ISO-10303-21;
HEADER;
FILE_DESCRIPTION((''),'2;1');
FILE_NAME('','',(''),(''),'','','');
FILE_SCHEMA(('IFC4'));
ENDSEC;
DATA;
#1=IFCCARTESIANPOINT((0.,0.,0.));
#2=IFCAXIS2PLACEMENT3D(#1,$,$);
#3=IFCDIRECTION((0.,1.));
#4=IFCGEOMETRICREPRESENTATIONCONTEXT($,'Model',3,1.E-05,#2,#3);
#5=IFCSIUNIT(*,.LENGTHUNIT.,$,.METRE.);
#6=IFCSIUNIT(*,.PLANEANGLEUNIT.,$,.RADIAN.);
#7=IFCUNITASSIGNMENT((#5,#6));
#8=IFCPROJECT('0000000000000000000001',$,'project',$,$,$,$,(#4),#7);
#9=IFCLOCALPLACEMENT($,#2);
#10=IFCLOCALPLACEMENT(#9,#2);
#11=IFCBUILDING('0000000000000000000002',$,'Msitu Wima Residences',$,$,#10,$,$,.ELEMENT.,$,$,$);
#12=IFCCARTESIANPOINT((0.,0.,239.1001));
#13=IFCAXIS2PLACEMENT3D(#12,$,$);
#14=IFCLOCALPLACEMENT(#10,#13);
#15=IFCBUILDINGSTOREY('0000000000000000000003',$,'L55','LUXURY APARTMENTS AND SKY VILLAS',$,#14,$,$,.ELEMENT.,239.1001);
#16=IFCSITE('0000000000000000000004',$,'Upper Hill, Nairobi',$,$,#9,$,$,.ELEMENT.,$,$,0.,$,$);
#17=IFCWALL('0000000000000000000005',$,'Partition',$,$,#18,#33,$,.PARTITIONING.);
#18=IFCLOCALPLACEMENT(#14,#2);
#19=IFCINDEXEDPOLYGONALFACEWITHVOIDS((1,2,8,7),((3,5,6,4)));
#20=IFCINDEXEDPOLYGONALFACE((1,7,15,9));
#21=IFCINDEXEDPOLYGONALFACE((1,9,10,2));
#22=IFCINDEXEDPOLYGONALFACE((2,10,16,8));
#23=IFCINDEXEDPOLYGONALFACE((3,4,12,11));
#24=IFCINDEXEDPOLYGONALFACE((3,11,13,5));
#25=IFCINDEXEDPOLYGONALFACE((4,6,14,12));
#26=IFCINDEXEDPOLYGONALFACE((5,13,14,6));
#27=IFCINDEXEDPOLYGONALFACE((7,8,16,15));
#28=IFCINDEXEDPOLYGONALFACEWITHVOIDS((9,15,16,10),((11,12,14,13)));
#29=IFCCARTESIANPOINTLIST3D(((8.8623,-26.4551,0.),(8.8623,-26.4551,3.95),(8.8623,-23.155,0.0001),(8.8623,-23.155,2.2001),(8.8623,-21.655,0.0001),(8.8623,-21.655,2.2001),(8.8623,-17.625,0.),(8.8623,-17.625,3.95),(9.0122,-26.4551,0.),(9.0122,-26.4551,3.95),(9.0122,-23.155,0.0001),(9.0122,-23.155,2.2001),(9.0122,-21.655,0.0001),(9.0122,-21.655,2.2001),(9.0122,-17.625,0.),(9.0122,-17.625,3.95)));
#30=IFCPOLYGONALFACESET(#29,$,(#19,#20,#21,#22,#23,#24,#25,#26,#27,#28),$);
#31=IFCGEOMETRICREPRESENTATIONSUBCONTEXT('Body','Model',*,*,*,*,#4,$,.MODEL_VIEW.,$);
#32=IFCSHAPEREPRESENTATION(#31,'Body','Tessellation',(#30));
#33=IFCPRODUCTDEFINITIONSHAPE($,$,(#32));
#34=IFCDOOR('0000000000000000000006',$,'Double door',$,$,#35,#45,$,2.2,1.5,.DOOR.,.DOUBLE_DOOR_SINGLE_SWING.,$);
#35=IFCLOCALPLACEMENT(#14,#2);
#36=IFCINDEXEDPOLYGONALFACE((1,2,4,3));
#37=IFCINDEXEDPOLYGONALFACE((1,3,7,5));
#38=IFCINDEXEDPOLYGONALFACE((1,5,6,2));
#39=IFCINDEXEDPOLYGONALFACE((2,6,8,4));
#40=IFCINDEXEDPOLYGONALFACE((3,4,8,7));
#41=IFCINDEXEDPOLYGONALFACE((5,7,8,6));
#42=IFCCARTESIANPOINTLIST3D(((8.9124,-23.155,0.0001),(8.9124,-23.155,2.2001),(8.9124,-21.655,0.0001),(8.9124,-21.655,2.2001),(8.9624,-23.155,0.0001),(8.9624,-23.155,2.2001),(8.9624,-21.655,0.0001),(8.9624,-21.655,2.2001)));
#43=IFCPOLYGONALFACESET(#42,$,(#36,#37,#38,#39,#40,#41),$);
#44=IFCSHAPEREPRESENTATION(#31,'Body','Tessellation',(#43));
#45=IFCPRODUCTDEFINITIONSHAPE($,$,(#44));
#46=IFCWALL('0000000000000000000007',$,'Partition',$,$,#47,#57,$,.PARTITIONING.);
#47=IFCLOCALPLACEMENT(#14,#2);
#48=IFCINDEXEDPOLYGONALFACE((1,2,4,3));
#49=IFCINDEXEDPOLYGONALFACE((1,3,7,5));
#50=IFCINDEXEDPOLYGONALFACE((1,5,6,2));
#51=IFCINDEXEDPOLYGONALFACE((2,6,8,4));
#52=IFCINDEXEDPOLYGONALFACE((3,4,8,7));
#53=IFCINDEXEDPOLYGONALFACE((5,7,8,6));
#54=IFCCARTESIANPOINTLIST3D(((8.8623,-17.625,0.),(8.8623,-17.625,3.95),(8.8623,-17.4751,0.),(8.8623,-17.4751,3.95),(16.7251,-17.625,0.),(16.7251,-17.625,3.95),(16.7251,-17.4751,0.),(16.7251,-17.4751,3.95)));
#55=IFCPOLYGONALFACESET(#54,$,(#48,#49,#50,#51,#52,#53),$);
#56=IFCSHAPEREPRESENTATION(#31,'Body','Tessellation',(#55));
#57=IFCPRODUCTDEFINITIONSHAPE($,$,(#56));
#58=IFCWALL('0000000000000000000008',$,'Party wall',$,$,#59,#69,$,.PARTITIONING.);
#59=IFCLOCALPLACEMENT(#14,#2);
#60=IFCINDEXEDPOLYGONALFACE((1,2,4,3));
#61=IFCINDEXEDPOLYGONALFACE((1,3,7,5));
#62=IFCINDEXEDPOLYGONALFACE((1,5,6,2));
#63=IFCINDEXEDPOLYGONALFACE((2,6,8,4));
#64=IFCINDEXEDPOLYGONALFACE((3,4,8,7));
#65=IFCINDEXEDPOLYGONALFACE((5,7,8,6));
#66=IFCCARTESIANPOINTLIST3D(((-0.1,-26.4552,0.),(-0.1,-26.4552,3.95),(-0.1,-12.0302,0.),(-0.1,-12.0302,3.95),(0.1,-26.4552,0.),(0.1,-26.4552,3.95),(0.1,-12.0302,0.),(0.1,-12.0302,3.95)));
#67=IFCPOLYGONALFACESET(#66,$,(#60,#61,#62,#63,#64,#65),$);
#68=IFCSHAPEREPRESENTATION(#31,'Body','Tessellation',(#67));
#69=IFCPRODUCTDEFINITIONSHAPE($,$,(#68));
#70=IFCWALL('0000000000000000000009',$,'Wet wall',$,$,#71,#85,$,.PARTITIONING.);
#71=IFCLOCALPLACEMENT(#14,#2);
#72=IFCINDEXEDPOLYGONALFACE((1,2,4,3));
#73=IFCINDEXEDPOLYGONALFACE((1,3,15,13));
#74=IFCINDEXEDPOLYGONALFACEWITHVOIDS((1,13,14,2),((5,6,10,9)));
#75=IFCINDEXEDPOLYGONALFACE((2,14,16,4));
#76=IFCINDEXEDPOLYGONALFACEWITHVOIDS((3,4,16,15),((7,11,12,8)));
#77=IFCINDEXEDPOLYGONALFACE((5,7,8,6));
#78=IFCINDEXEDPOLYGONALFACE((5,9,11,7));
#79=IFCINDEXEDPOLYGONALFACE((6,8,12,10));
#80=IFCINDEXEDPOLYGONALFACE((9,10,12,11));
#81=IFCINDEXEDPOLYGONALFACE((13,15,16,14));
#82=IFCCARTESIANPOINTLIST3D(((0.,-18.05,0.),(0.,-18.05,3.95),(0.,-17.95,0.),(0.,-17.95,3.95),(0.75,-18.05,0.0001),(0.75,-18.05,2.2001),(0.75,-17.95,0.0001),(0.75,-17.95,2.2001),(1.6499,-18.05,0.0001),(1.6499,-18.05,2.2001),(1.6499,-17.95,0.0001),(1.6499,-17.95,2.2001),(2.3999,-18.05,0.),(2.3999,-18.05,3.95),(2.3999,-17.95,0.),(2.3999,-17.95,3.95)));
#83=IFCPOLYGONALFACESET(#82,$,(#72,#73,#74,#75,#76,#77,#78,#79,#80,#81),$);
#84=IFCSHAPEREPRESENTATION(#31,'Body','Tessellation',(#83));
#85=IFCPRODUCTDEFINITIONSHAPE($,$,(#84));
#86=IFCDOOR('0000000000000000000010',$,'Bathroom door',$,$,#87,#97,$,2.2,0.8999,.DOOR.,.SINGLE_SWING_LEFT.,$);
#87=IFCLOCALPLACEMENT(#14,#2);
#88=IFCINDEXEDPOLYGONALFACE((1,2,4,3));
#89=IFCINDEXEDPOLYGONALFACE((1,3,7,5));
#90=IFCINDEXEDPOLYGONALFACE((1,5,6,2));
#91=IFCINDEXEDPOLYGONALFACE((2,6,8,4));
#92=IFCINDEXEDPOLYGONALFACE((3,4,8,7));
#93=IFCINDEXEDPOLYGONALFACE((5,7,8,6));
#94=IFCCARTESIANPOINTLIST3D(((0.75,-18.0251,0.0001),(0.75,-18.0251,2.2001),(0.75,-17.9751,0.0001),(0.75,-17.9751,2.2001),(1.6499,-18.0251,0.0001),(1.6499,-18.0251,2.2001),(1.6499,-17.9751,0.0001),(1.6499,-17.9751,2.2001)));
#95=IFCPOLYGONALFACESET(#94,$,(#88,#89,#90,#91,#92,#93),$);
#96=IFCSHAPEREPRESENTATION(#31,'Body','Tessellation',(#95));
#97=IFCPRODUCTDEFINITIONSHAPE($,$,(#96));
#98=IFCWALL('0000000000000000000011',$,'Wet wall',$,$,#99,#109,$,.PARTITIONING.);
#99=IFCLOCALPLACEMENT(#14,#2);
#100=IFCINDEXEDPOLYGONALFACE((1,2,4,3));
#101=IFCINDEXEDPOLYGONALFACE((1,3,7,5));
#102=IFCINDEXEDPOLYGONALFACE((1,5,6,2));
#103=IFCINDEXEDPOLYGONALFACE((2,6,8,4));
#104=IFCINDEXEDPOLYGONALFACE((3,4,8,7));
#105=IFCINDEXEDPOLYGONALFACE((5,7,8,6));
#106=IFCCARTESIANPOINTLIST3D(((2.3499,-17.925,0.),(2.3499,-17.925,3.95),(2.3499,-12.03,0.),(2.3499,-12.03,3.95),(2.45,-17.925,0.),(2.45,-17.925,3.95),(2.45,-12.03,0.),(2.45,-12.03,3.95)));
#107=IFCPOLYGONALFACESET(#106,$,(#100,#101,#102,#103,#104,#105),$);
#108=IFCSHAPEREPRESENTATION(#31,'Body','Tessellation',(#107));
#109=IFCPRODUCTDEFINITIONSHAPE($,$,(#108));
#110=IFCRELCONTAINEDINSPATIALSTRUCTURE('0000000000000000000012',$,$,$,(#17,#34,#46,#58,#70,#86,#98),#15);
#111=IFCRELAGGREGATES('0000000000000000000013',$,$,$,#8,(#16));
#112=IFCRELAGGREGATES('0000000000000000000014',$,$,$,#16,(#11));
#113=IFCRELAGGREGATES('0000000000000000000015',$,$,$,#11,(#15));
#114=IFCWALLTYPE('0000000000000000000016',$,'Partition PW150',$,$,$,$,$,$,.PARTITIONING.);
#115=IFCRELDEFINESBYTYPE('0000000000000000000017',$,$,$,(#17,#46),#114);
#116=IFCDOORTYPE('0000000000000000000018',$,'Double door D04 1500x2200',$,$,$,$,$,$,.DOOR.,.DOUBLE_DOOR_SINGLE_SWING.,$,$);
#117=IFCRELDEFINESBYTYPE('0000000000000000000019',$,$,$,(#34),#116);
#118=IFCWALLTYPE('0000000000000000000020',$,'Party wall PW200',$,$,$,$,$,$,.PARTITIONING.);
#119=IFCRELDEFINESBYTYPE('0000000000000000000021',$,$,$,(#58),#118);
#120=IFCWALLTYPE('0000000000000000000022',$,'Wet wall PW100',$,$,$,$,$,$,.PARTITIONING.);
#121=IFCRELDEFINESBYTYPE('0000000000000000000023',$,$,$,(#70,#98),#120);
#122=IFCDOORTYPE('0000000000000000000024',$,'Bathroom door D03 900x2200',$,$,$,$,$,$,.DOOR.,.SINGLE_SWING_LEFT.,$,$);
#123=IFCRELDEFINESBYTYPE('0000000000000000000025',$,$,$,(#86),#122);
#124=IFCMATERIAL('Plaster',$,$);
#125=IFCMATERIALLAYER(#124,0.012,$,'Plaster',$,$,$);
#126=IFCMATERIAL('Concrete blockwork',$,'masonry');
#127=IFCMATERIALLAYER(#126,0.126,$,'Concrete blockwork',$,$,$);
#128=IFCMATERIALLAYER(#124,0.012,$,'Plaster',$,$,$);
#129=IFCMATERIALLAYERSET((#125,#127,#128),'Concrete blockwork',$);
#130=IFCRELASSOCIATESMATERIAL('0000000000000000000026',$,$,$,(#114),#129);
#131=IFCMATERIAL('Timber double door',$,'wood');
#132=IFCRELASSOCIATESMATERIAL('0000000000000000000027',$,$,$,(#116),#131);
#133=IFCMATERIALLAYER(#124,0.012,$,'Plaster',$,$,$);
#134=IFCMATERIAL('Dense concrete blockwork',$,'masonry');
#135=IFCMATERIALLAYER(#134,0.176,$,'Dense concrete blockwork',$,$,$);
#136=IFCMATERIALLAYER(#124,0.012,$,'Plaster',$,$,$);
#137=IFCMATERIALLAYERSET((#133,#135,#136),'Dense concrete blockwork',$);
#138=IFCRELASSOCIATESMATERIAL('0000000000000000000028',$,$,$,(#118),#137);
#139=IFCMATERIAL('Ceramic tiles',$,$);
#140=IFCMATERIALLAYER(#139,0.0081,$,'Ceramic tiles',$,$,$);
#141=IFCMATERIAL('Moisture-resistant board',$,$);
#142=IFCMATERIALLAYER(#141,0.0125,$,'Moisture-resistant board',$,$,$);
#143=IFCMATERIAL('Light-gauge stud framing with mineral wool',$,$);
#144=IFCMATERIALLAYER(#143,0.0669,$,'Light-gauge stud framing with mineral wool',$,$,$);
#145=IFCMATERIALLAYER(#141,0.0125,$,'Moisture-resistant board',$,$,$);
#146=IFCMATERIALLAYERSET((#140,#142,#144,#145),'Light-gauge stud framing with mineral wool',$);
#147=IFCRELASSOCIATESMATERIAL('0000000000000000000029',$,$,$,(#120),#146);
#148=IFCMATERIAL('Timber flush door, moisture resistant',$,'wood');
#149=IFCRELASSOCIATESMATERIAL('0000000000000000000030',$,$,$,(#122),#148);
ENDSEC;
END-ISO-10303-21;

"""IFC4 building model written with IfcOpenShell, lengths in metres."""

from ifc_helpers import new_model, si_unit, direction, frame, frame_2d, origin, place, context, subcontext, project, spatial, rectangle, extrude, material, layer, layer_set, type_object, element, fill, save


model = new_model("IFC4")

# Units and contexts
model_context = context("Model", 3, precision=1e-05, world=origin(), true_north=direction((0.0, 1.0)))
body_context = subcontext(model_context, "Body", "Model", "MODEL_VIEW")
ifc_project = project(units=[si_unit("LENGTHUNIT", "METRE"), si_unit("PLANEANGLEUNIT", "RADIAN")], contexts=[model_context])

# Site, building, storey
site_placement = place(None, origin())
site = spatial("IfcSite", under=ifc_project, at=site_placement, Name="Upper Hill, Nairobi", CompositionType="ELEMENT", RefElevation=0.0)
building_placement = place(site_placement, origin())
building = spatial("IfcBuilding", under=site, at=building_placement, Name="Msitu Wima Residences", CompositionType="ELEMENT")
storey_placement = place(building_placement, frame((0.0, 0.0, 239.1001)))
storey = spatial("IfcBuildingStorey", under=building, at=storey_placement, Name="L55", Description="LUXURY APARTMENTS AND SKY VILLAS", CompositionType="ELEMENT", Elevation=239.1001)

# Wall, opening, door
ifc_material_1 = material(Name="Plaster")
ifc_layer_1 = layer(ifc_material_1, 0.012, Name="Plaster")
ifc_material_2 = material(Name="Concrete blockwork", Category="masonry")
ifc_layer_2 = layer(ifc_material_2, 0.126, Name="Concrete blockwork")
ifc_layer_3 = layer(ifc_material_1, 0.012, Name="Plaster")
ifc_layer_set_1 = layer_set([ifc_layer_1, ifc_layer_2, ifc_layer_3], Name="Concrete blockwork")
wall_type_1 = type_object("IfcWallType", Name="Partition PW150", PredefinedType="PARTITIONING", material=ifc_layer_set_1)
wall_1_placement = place(storey_placement, frame((8.9373, -26.4551, 0.0), z_axis=(0.0, 0.0, 1.0), x_axis=(0.0, 1.0, 0.0)))
wall_1 = element("IfcWall", 1, at=wall_1_placement, inside=storey, type_object=wall_type_1, Name="Partition", PredefinedType="PARTITIONING", context=body_context, shape_type="SweptSolid", body=[
    extrude(rectangle(XDim=8.8301, YDim=0.1499, at=frame_2d((4.415, 0.0))), origin(), (0.0, 0.0, 1.0), 3.95),
])
opening_1_placement = place(wall_1_placement, frame((3.3, 0.0, 0.0)))
opening_1 = element("IfcOpeningElement", 2, at=opening_1_placement, cuts=wall_1, PredefinedType="OPENING", context=body_context, shape_type="SweptSolid", body=[
    extrude(rectangle(XDim=1.5, YDim=2.2, at=frame_2d((0.75, 1.1001))), frame((0.0, 0.085, 0.0), z_axis=(0.0, -1.0, 0.0), x_axis=(1.0, 0.0, 0.0)), (0.0, 0.0, 1.0), 0.1699),
])
ifc_material_3 = material(Name="Timber double door", Category="wood")
door_type_1 = type_object("IfcDoorType", Name="Double door D04 1500x2200", OperationType="DOUBLE_DOOR_SINGLE_SWING", PredefinedType="DOOR", material=ifc_material_3)
door_1_placement = place(opening_1_placement, origin())
door_1 = element("IfcDoor", 3, at=door_1_placement, inside=storey, type_object=door_type_1, Name="Double door", OperationType="DOUBLE_DOOR_SINGLE_SWING", OverallHeight=2.2, OverallWidth=1.5, PredefinedType="DOOR", context=body_context, shape_type="SweptSolid", body=[
    extrude(rectangle(XDim=1.5, YDim=2.2, at=frame_2d((0.75, 1.1001))), frame((0.0, 0.0249, 0.0), z_axis=(0.0, -1.0, 0.0), x_axis=(1.0, 0.0, 0.0)), (0.0, 0.0, 1.0), 0.05),
])
fill(opening_1, door_1)

# Walls
wall_2_placement = place(storey_placement, frame((8.8623, -17.55, 0.0), z_axis=(0.0, 0.0, 1.0), x_axis=(1.0, 0.0, 0.0)))
element("IfcWall", 4, at=wall_2_placement, inside=storey, type_object=wall_type_1, Name="Partition", PredefinedType="PARTITIONING", context=body_context, shape_type="SweptSolid", body=[
    extrude(rectangle(XDim=7.8628, YDim=0.1499, at=frame_2d((3.9314, 0.0))), origin(), (0.0, 0.0, 1.0), 3.95),
])
ifc_layer_4 = layer(ifc_material_1, 0.012, Name="Plaster")
ifc_material_4 = material(Name="Dense concrete blockwork", Category="masonry")
ifc_layer_5 = layer(ifc_material_4, 0.176, Name="Dense concrete blockwork")
ifc_layer_6 = layer(ifc_material_1, 0.012, Name="Plaster")
ifc_layer_set_2 = layer_set([ifc_layer_4, ifc_layer_5, ifc_layer_6], Name="Dense concrete blockwork")
wall_type_2 = type_object("IfcWallType", Name="Party wall PW200", PredefinedType="PARTITIONING", material=ifc_layer_set_2)
wall_3_placement = place(storey_placement, frame((0.0, -26.4551, 0.0), z_axis=(0.0, 0.0, 1.0), x_axis=(0.0, 1.0, 0.0)))
element("IfcWall", 5, at=wall_3_placement, inside=storey, type_object=wall_type_2, Name="Party wall", PredefinedType="PARTITIONING", context=body_context, shape_type="SweptSolid", body=[
    extrude(rectangle(XDim=14.425, YDim=0.2, at=frame_2d((7.2124, 0.0))), origin(), (0.0, 0.0, 1.0), 3.95),
])

# Wall, opening, door
ifc_material_5 = material(Name="Ceramic tiles")
ifc_layer_7 = layer(ifc_material_5, 0.0081, Name="Ceramic tiles")
ifc_material_6 = material(Name="Moisture-resistant board")
ifc_layer_8 = layer(ifc_material_6, 0.0125, Name="Moisture-resistant board")
ifc_material_7 = material(Name="Light-gauge stud framing with mineral wool")
ifc_layer_9 = layer(ifc_material_7, 0.0669, Name="Light-gauge stud framing with mineral wool")
ifc_layer_10 = layer(ifc_material_6, 0.0125, Name="Moisture-resistant board")
ifc_layer_set_3 = layer_set([ifc_layer_7, ifc_layer_8, ifc_layer_9, ifc_layer_10], Name="Light-gauge stud framing with mineral wool")
wall_type_3 = type_object("IfcWallType", Name="Wet wall PW100", PredefinedType="PARTITIONING", material=ifc_layer_set_3)
wall_4_placement = place(storey_placement, frame((0.0, -18.0, 0.0), z_axis=(0.0, 0.0, 1.0), x_axis=(1.0, 0.0, 0.0)))
wall_4 = element("IfcWall", 6, at=wall_4_placement, inside=storey, type_object=wall_type_3, Name="Wet wall", PredefinedType="PARTITIONING", context=body_context, shape_type="SweptSolid", body=[
    extrude(rectangle(XDim=2.3999, YDim=0.1001, at=frame_2d((1.2, 0.0))), origin(), (0.0, 0.0, 1.0), 3.95),
])
opening_2_placement = place(wall_4_placement, frame((0.75, 0.0, 0.0)))
opening_2 = element("IfcOpeningElement", 7, at=opening_2_placement, cuts=wall_4, PredefinedType="OPENING", context=body_context, shape_type="SweptSolid", body=[
    extrude(rectangle(XDim=0.8999, YDim=2.2, at=frame_2d((0.45, 1.1001))), frame((0.0, 0.0601, 0.0), z_axis=(0.0, -1.0, 0.0), x_axis=(1.0, 0.0, 0.0)), (0.0, 0.0, 1.0), 0.1201),
])
ifc_material_8 = material(Name="Timber flush door, moisture resistant", Category="wood")
door_type_2 = type_object("IfcDoorType", Name="Bathroom door D03 900x2200", OperationType="SINGLE_SWING_LEFT", PredefinedType="DOOR", material=ifc_material_8)
door_2_placement = place(opening_2_placement, origin())
door_2 = element("IfcDoor", 8, at=door_2_placement, inside=storey, type_object=door_type_2, Name="Bathroom door", OperationType="SINGLE_SWING_LEFT", OverallHeight=2.2, OverallWidth=0.8999, PredefinedType="DOOR", context=body_context, shape_type="SweptSolid", body=[
    extrude(rectangle(XDim=0.8999, YDim=2.2, at=frame_2d((0.45, 1.1001))), frame((0.0, 0.0249, 0.0), z_axis=(0.0, -1.0, 0.0), x_axis=(1.0, 0.0, 0.0)), (0.0, 0.0, 1.0), 0.05),
])
fill(opening_2, door_2)

# Wall
wall_5_placement = place(storey_placement, frame((2.3999, -17.925, 0.0), z_axis=(0.0, 0.0, 1.0), x_axis=(0.0, 1.0, 0.0)))
element("IfcWall", 9, at=wall_5_placement, inside=storey, type_object=wall_type_3, Name="Wet wall", PredefinedType="PARTITIONING", context=body_context, shape_type="SweptSolid", body=[
    extrude(rectangle(XDim=5.895, YDim=0.1001, at=frame_2d((2.9475, 0.0))), origin(), (0.0, 0.0, 1.0), 3.95),
])

save(model, "model.ifc")
